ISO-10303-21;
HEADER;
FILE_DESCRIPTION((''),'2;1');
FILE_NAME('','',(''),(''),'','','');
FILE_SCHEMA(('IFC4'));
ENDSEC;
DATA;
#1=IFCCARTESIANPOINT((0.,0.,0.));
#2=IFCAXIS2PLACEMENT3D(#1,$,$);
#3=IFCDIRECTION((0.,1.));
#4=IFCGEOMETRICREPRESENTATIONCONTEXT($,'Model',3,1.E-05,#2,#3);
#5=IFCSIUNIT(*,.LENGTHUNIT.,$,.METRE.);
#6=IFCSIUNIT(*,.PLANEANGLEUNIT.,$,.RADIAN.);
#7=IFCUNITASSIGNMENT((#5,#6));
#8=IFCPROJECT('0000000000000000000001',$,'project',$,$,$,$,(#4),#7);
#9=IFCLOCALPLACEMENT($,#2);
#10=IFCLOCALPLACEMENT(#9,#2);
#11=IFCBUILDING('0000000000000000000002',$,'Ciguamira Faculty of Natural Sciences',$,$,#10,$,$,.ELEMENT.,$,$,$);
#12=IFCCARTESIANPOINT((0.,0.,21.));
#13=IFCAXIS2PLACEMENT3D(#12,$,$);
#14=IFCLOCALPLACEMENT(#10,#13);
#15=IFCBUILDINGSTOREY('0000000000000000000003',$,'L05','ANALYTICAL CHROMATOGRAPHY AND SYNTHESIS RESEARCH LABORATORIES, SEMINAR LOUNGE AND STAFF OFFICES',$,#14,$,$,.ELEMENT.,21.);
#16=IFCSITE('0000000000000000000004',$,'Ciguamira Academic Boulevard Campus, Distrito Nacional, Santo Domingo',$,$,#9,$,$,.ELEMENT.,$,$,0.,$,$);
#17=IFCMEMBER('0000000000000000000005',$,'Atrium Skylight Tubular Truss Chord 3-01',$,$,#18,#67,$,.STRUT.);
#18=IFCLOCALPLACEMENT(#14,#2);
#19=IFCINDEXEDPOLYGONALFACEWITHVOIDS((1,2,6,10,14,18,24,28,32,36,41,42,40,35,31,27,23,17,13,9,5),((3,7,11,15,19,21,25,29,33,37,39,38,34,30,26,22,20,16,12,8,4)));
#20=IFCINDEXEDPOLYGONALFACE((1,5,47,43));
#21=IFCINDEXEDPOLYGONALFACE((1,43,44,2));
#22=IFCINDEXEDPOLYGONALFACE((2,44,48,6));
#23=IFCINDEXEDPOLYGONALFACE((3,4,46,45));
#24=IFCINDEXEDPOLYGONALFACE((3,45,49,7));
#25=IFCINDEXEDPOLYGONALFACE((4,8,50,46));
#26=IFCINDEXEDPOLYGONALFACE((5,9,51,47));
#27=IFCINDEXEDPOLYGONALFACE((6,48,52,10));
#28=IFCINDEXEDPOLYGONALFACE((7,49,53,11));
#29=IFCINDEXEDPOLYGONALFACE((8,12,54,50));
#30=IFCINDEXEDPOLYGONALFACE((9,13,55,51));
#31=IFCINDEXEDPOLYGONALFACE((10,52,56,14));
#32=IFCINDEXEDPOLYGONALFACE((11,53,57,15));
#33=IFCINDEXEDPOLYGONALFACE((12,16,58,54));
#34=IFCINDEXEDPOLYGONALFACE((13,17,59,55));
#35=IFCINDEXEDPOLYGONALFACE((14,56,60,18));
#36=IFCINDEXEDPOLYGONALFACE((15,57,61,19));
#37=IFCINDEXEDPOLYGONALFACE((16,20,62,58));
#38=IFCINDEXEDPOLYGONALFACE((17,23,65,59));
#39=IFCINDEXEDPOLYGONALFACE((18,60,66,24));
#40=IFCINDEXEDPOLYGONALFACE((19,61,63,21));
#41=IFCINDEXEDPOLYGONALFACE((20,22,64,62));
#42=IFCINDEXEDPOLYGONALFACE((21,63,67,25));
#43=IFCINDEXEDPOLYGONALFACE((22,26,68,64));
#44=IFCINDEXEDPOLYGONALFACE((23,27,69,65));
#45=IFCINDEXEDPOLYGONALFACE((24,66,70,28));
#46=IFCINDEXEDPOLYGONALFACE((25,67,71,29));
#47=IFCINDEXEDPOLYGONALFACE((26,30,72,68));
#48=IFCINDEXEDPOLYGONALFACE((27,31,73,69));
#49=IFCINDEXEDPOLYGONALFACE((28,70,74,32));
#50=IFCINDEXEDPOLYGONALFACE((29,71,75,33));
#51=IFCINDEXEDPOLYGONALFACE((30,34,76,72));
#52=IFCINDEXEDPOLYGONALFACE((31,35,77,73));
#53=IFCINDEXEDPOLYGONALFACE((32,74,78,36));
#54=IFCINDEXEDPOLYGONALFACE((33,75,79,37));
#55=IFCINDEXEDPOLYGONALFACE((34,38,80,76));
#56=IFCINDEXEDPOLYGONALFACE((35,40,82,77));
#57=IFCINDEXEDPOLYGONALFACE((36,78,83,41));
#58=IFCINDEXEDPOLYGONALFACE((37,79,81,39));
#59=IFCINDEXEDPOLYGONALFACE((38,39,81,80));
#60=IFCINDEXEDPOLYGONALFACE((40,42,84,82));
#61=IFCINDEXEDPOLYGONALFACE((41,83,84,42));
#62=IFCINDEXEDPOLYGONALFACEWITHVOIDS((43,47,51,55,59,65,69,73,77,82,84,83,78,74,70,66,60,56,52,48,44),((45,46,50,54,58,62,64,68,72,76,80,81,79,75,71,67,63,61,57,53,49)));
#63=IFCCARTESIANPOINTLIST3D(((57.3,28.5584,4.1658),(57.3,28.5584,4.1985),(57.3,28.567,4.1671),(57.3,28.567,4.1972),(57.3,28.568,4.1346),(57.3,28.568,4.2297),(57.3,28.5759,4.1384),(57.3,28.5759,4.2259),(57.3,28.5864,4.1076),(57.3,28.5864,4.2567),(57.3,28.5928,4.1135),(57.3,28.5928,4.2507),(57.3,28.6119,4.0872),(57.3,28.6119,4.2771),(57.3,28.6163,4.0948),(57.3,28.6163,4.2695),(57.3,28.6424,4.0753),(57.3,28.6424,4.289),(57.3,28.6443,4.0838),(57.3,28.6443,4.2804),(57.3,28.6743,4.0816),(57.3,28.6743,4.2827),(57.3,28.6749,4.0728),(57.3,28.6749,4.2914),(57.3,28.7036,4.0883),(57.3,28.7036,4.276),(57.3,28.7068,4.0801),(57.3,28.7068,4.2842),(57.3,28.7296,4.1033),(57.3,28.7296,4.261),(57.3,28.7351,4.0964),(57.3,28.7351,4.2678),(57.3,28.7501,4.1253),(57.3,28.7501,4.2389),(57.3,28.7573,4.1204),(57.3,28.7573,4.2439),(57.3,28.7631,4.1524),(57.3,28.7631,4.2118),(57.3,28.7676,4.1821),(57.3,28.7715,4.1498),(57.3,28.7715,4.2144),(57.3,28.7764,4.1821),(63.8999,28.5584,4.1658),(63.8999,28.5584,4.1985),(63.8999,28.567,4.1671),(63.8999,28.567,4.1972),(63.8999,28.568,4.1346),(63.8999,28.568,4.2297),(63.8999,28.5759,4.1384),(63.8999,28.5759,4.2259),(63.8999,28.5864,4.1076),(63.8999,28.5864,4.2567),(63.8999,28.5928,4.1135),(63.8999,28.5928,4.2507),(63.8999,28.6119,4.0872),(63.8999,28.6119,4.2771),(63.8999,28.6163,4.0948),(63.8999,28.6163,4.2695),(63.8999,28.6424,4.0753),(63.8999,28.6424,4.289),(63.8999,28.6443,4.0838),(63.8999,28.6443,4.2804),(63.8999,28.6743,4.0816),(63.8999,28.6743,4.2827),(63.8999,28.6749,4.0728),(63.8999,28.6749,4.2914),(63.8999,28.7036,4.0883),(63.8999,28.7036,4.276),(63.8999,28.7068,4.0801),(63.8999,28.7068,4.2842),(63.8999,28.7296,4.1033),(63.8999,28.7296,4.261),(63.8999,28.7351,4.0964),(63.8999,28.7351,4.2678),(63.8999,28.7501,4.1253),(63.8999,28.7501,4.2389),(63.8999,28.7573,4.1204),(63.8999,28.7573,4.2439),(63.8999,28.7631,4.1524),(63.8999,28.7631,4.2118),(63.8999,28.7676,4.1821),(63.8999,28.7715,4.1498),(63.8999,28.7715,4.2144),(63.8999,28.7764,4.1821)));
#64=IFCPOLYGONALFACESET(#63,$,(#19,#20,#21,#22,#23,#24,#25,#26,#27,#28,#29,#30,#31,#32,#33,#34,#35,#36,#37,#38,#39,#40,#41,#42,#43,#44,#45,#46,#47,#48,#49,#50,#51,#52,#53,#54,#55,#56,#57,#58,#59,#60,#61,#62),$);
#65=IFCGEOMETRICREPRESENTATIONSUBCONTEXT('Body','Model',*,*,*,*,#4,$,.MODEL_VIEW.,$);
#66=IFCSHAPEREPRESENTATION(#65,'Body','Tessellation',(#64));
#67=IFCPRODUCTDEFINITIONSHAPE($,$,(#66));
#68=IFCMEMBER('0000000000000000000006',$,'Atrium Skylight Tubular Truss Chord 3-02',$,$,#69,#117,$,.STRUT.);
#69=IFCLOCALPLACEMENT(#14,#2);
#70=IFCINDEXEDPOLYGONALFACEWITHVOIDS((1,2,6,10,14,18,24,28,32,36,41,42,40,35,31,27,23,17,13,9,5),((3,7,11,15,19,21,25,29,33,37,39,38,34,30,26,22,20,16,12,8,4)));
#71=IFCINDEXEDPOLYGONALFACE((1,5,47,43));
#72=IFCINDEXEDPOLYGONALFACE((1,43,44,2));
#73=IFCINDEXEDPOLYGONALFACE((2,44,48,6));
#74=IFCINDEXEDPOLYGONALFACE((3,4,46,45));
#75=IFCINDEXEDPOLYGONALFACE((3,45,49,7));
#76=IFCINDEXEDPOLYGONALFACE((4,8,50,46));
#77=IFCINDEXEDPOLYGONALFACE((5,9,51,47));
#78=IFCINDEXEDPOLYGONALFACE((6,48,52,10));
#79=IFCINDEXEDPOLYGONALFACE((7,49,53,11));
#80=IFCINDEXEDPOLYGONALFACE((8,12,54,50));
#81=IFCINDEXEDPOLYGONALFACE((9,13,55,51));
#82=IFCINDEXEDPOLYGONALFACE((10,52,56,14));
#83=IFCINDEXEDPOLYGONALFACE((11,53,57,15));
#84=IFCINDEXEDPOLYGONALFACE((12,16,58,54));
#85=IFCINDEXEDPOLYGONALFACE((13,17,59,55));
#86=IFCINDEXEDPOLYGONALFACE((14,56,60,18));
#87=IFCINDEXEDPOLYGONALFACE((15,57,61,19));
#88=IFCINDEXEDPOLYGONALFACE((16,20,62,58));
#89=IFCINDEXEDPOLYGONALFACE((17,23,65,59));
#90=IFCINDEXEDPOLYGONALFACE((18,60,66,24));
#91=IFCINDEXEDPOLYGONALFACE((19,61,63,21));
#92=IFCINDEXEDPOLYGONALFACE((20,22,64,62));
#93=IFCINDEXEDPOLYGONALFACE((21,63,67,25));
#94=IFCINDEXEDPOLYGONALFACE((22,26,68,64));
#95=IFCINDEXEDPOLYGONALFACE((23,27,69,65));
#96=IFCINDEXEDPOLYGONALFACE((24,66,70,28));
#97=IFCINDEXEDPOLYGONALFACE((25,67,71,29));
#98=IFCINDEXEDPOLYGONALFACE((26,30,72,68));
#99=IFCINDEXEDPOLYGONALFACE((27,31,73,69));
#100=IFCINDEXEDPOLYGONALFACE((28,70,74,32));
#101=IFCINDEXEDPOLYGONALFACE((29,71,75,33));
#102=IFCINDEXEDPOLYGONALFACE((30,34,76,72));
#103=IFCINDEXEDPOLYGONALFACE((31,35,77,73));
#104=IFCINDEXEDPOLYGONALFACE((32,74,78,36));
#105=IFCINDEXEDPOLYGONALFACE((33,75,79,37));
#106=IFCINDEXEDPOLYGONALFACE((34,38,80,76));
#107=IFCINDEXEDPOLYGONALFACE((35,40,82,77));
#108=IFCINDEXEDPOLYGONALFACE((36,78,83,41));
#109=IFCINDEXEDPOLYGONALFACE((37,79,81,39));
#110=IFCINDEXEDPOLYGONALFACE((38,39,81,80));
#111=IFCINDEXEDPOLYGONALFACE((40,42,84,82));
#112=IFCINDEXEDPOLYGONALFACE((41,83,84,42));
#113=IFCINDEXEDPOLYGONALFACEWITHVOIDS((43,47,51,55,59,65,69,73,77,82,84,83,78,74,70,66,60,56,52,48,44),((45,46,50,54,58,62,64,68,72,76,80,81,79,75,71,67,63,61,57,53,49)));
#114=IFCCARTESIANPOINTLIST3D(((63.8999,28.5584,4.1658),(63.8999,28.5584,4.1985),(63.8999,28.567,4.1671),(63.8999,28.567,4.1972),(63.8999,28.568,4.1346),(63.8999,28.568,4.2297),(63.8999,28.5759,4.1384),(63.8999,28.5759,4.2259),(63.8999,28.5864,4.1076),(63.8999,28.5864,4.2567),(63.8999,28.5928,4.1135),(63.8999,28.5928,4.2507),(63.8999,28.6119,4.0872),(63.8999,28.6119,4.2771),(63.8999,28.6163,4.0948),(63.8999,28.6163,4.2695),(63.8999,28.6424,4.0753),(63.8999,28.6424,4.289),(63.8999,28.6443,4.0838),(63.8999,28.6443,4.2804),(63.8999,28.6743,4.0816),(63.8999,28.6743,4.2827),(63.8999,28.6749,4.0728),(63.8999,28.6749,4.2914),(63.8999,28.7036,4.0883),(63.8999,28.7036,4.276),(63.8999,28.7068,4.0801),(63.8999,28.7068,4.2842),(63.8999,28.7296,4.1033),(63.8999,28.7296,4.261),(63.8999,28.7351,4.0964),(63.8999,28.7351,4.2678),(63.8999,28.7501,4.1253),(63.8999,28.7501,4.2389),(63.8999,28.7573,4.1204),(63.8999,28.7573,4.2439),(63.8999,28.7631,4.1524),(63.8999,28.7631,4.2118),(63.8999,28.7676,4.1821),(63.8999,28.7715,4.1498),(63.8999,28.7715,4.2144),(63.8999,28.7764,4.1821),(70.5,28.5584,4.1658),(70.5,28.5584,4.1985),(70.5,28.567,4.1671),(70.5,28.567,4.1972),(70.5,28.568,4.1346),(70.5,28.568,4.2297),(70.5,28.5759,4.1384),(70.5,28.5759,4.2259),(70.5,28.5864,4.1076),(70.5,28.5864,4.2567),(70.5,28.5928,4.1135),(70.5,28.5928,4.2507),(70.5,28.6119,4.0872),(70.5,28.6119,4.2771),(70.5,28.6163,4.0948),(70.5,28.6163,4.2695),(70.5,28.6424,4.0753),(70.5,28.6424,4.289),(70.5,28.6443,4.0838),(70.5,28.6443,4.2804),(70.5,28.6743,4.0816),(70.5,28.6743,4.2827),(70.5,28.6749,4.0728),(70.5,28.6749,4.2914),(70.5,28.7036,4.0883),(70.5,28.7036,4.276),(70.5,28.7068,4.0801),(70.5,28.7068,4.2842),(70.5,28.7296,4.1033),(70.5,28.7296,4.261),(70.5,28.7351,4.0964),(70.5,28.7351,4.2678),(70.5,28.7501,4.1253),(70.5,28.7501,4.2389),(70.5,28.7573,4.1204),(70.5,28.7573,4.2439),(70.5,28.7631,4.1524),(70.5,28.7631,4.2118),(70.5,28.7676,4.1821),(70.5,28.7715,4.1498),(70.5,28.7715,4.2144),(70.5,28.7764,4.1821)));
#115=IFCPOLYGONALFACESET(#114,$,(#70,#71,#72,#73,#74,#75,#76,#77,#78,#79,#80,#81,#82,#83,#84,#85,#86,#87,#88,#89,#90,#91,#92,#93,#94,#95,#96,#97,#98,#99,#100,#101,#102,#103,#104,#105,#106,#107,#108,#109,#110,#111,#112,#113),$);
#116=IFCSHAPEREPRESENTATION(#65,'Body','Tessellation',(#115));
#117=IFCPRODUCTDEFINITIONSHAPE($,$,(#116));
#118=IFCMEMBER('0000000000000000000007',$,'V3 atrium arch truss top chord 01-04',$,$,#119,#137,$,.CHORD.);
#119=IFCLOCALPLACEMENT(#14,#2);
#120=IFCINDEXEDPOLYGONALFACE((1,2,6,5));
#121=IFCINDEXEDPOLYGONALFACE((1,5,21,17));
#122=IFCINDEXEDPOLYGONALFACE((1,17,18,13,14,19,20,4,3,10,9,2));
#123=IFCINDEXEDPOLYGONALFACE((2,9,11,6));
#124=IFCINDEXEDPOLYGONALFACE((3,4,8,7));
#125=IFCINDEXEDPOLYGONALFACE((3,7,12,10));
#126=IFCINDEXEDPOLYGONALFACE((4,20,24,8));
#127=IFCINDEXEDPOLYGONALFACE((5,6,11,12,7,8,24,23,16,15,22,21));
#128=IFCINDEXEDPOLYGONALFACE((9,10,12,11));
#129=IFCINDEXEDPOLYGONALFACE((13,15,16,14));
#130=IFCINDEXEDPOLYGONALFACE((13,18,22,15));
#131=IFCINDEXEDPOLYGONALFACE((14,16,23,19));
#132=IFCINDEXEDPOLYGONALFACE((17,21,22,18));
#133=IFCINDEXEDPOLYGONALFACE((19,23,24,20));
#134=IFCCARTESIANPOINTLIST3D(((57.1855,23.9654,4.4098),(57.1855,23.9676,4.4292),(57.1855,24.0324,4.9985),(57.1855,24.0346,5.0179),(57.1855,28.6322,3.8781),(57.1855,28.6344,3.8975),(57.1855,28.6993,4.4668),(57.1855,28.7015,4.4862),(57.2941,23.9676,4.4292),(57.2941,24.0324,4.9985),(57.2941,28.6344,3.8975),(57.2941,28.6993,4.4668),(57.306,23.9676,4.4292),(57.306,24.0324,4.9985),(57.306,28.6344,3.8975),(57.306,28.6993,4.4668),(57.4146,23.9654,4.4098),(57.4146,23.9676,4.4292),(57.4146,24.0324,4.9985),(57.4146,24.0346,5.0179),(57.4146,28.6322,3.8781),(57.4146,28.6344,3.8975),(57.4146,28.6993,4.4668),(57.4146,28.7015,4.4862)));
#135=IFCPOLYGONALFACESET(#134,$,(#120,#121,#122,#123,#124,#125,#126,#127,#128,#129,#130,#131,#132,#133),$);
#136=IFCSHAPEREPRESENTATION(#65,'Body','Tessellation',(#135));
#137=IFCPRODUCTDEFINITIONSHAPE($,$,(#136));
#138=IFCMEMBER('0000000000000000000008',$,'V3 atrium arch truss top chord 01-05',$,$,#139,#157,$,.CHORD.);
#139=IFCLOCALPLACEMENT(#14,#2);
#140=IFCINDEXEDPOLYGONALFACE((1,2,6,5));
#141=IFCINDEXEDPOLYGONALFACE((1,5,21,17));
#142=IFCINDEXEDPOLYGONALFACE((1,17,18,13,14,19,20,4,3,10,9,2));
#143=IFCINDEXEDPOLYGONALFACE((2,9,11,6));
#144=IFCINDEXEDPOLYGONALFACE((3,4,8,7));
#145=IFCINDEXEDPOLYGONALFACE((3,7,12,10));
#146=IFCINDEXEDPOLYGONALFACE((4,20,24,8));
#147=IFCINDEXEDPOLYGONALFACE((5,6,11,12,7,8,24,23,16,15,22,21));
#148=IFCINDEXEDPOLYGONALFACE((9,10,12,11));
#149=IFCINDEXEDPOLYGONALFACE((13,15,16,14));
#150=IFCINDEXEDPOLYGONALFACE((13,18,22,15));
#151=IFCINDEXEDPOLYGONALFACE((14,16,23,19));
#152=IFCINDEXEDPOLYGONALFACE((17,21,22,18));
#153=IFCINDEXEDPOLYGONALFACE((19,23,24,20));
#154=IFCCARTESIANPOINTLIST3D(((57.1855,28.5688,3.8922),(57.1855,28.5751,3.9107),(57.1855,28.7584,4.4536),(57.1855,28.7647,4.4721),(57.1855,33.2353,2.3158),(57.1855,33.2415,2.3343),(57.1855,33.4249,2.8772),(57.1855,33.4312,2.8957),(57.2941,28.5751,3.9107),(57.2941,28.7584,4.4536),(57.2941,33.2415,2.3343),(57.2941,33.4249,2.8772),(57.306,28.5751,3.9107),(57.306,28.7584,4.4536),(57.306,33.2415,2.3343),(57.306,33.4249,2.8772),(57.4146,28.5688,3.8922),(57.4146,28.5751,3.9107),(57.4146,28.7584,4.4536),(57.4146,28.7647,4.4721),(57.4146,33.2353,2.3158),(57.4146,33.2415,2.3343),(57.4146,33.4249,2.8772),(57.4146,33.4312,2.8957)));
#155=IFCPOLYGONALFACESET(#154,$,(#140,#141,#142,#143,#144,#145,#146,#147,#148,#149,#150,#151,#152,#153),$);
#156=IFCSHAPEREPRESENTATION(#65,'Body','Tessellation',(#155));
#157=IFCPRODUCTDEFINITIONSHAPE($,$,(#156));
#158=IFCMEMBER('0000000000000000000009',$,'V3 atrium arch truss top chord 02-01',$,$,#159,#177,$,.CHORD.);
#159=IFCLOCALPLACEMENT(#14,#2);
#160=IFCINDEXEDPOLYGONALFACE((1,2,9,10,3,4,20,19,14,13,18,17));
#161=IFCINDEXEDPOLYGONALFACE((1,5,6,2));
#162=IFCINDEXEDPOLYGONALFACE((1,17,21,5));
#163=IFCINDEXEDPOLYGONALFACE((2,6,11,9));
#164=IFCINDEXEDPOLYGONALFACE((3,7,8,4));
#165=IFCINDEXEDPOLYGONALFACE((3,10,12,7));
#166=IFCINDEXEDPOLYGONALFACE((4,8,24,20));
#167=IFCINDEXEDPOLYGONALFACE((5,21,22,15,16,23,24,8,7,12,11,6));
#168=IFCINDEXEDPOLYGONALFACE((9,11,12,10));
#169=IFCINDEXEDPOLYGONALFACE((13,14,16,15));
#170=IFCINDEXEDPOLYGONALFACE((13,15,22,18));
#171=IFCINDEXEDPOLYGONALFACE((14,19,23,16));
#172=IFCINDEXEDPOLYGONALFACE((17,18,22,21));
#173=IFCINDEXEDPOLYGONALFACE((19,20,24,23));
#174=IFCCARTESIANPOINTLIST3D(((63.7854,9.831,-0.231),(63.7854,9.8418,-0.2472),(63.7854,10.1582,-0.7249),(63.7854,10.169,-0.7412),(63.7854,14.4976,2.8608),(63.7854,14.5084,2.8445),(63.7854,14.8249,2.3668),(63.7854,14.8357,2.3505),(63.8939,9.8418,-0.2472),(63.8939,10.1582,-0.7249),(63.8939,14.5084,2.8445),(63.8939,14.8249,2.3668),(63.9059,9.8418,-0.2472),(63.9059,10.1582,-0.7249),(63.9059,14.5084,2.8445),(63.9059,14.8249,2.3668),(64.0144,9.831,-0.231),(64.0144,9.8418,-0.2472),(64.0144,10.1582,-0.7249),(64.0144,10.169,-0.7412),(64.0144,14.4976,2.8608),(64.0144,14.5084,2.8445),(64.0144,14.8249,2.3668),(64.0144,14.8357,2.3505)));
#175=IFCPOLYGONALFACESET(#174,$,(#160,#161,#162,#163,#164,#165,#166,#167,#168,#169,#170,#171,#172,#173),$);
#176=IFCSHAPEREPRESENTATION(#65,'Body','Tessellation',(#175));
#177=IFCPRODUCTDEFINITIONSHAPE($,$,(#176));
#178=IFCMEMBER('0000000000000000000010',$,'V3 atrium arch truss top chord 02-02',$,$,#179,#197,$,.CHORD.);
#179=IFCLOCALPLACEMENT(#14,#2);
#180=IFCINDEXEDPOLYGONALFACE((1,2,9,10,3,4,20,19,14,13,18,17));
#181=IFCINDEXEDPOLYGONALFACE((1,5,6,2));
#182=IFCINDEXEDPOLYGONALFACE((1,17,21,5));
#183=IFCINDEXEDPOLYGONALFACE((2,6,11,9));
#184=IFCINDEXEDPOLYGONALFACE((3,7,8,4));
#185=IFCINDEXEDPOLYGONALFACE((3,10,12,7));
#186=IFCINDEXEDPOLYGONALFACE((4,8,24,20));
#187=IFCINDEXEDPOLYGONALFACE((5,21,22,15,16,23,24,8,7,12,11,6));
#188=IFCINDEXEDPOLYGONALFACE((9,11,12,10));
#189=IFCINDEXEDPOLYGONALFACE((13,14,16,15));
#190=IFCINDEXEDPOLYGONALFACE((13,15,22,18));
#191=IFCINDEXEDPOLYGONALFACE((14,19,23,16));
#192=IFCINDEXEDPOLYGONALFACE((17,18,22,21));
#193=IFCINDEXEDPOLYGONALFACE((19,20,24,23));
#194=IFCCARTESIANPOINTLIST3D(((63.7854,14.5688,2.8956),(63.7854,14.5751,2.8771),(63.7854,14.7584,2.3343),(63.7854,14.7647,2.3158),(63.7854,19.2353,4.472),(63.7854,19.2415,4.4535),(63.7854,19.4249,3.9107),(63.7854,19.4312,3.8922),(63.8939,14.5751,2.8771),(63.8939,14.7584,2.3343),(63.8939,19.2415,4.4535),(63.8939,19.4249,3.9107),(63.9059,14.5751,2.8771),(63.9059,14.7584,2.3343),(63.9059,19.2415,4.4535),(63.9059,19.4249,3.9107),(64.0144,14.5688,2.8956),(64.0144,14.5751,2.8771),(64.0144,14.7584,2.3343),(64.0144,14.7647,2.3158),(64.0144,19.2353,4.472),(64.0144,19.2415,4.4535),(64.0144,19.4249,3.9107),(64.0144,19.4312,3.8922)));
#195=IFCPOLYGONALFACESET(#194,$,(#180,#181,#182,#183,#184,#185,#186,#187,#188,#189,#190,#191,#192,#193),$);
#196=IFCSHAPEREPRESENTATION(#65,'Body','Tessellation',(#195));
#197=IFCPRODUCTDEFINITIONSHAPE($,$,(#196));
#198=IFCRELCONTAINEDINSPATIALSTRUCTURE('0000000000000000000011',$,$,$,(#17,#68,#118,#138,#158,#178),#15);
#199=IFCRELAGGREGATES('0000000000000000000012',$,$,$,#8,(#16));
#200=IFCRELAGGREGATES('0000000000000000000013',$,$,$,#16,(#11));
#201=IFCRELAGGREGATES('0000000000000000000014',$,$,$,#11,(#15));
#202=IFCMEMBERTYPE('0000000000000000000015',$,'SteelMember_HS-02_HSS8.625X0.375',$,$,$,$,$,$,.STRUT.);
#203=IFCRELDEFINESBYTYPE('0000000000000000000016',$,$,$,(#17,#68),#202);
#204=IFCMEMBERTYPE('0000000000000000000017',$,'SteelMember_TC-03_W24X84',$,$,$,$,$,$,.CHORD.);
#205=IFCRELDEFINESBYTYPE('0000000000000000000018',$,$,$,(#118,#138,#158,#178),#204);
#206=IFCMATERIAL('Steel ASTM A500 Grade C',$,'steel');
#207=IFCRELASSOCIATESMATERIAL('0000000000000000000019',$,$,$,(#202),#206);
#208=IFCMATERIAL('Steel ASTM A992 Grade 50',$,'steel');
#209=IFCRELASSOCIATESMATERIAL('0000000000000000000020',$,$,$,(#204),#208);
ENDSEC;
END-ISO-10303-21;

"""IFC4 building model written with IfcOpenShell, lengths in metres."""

from ifc_helpers import new_model, si_unit, direction, frame, origin, origin_2d, place, context, subcontext, project, spatial, hollow_circle, i_section, extrude, material, material_profile, profile_set, type_object, element, save


model = new_model("IFC4")

# Units and contexts
model_context = context("Model", 3, precision=1e-05, world=origin(), true_north=direction((0.0, 1.0)))
body_context = subcontext(model_context, "Body", "Model", "MODEL_VIEW")
ifc_project = project(units=[si_unit("LENGTHUNIT", "METRE"), si_unit("PLANEANGLEUNIT", "RADIAN")], contexts=[model_context])

# Site, building, storey
site_placement = place(None, origin())
site = spatial("IfcSite", under=ifc_project, at=site_placement, Name="Ciguamira Academic Boulevard Campus, Distrito Nacional, Santo Domingo", CompositionType="ELEMENT", RefElevation=0.0)
building_placement = place(site_placement, origin())
building = spatial("IfcBuilding", under=site, at=building_placement, Name="Ciguamira Faculty of Natural Sciences", CompositionType="ELEMENT")
storey_placement = place(building_placement, frame((0.0, 0.0, 21.0)))
storey = spatial("IfcBuildingStorey", under=building, at=storey_placement, Name="L05", Description="ANALYTICAL CHROMATOGRAPHY AND SYNTHESIS RESEARCH LABORATORIES, SEMINAR LOUNGE AND STAFF OFFICES", CompositionType="ELEMENT", Elevation=21.0)

# Shared definitions
ifc_material_1 = material(Name="Steel ASTM A992 Grade 50", Category="steel")

# Members
ifc_material_2 = material(Name="Steel ASTM A500 Grade C", Category="steel")
ifc_material_profile_1 = material_profile(ifc_material_2, hollow_circle(Radius=0.1096, WallThickness=0.0088, at=origin_2d()), Name="HSS8.625X0.375")
ifc_profile_set_1 = profile_set([ifc_material_profile_1], Name="Steel ASTM A500 Grade C")
member_type_1 = type_object("IfcMemberType", Name="SteelMember_HS-02_HSS8.625X0.375", PredefinedType="STRUT", material=ifc_profile_set_1)
member_1_placement = place(storey_placement, frame((57.3, 28.6667, 4.1821), z_axis=(1.0, 0.0, 0.0), x_axis=(0.0, 1.0, 0.0)))
element("IfcMember", 1, at=member_1_placement, inside=storey, type_object=member_type_1, Name="Atrium Skylight Tubular Truss Chord 3-01", PredefinedType="STRUT", context=body_context, shape_type="SweptSolid", body=[
    extrude(hollow_circle(Radius=0.1096, WallThickness=0.0088, at=origin_2d()), origin(), (0.0, 0.0, 1.0), 6.5999),
])
member_2_placement = place(storey_placement, frame((63.8999, 28.6667, 4.1821), z_axis=(1.0, 0.0, 0.0), x_axis=(0.0, 1.0, 0.0)))
element("IfcMember", 2, at=member_2_placement, inside=storey, type_object=member_type_1, Name="Atrium Skylight Tubular Truss Chord 3-02", PredefinedType="STRUT", context=body_context, shape_type="SweptSolid", body=[
    extrude(hollow_circle(Radius=0.1096, WallThickness=0.0088, at=origin_2d()), origin(), (0.0, 0.0, 1.0), 6.6001),
])
ifc_material_profile_2 = material_profile(ifc_material_1, i_section(OverallWidth=0.229, OverallDepth=0.6121, WebThickness=0.012, FlangeThickness=0.0195, at=origin_2d()), Name="W24X84")
ifc_profile_set_2 = profile_set([ifc_material_profile_2], Name="Steel ASTM A992 Grade 50")
member_type_2 = type_object("IfcMemberType", Name="SteelMember_TC-03_W24X84", PredefinedType="CHORD", material=ifc_profile_set_2)
member_3_placement = place(storey_placement, frame((57.3, 24.0, 4.7139), z_axis=(0.0, 0.993571, -0.113209), x_axis=(-1.0, 0.0, 0.0)))
element("IfcMember", 3, at=member_3_placement, inside=storey, type_object=member_type_2, Name="V3 atrium arch truss top chord 01-04", PredefinedType="CHORD", context=body_context, shape_type="SweptSolid", body=[
    extrude(i_section(OverallWidth=0.229, OverallDepth=0.6121, WebThickness=0.012, FlangeThickness=0.0195, at=origin_2d()), origin(), (0.0, 0.0, 1.0), 4.697),
])
member_4_placement = place(storey_placement, frame((57.3, 28.6667, 4.1821), z_axis=(0.0, 0.947402, -0.320047), x_axis=(-1.0, 0.0, 0.0)))
element("IfcMember", 4, at=member_4_placement, inside=storey, type_object=member_type_2, Name="V3 atrium arch truss top chord 01-05", PredefinedType="CHORD", context=body_context, shape_type="SweptSolid", body=[
    extrude(i_section(OverallWidth=0.229, OverallDepth=0.6121, WebThickness=0.012, FlangeThickness=0.0195, at=origin_2d()), origin(), (0.0, 0.0, 1.0), 4.9255),
])
member_5_placement = place(storey_placement, frame((63.8999, 10.0, -0.4861), z_axis=(0.0, 0.833644, 0.552303), x_axis=(-1.0, 0.0, 0.0)))
element("IfcMember", 5, at=member_5_placement, inside=storey, type_object=member_type_2, Name="V3 atrium arch truss top chord 02-01", PredefinedType="CHORD", context=body_context, shape_type="SweptSolid", body=[
    extrude(i_section(OverallWidth=0.229, OverallDepth=0.6121, WebThickness=0.012, FlangeThickness=0.0195, at=origin_2d()), origin(), (0.0, 0.0, 1.0), 5.5979),
])
member_6_placement = place(storey_placement, frame((63.8999, 14.6667, 2.6057), z_axis=(0.0, 0.947402, 0.320047), x_axis=(-1.0, 0.0, 0.0)))
element("IfcMember", 6, at=member_6_placement, inside=storey, type_object=member_type_2, Name="V3 atrium arch truss top chord 02-02", PredefinedType="CHORD", context=body_context, shape_type="SweptSolid", body=[
    extrude(i_section(OverallWidth=0.229, OverallDepth=0.6121, WebThickness=0.012, FlangeThickness=0.0195, at=origin_2d()), origin(), (0.0, 0.0, 1.0), 4.9255),
])

save(model, "model.ifc")
